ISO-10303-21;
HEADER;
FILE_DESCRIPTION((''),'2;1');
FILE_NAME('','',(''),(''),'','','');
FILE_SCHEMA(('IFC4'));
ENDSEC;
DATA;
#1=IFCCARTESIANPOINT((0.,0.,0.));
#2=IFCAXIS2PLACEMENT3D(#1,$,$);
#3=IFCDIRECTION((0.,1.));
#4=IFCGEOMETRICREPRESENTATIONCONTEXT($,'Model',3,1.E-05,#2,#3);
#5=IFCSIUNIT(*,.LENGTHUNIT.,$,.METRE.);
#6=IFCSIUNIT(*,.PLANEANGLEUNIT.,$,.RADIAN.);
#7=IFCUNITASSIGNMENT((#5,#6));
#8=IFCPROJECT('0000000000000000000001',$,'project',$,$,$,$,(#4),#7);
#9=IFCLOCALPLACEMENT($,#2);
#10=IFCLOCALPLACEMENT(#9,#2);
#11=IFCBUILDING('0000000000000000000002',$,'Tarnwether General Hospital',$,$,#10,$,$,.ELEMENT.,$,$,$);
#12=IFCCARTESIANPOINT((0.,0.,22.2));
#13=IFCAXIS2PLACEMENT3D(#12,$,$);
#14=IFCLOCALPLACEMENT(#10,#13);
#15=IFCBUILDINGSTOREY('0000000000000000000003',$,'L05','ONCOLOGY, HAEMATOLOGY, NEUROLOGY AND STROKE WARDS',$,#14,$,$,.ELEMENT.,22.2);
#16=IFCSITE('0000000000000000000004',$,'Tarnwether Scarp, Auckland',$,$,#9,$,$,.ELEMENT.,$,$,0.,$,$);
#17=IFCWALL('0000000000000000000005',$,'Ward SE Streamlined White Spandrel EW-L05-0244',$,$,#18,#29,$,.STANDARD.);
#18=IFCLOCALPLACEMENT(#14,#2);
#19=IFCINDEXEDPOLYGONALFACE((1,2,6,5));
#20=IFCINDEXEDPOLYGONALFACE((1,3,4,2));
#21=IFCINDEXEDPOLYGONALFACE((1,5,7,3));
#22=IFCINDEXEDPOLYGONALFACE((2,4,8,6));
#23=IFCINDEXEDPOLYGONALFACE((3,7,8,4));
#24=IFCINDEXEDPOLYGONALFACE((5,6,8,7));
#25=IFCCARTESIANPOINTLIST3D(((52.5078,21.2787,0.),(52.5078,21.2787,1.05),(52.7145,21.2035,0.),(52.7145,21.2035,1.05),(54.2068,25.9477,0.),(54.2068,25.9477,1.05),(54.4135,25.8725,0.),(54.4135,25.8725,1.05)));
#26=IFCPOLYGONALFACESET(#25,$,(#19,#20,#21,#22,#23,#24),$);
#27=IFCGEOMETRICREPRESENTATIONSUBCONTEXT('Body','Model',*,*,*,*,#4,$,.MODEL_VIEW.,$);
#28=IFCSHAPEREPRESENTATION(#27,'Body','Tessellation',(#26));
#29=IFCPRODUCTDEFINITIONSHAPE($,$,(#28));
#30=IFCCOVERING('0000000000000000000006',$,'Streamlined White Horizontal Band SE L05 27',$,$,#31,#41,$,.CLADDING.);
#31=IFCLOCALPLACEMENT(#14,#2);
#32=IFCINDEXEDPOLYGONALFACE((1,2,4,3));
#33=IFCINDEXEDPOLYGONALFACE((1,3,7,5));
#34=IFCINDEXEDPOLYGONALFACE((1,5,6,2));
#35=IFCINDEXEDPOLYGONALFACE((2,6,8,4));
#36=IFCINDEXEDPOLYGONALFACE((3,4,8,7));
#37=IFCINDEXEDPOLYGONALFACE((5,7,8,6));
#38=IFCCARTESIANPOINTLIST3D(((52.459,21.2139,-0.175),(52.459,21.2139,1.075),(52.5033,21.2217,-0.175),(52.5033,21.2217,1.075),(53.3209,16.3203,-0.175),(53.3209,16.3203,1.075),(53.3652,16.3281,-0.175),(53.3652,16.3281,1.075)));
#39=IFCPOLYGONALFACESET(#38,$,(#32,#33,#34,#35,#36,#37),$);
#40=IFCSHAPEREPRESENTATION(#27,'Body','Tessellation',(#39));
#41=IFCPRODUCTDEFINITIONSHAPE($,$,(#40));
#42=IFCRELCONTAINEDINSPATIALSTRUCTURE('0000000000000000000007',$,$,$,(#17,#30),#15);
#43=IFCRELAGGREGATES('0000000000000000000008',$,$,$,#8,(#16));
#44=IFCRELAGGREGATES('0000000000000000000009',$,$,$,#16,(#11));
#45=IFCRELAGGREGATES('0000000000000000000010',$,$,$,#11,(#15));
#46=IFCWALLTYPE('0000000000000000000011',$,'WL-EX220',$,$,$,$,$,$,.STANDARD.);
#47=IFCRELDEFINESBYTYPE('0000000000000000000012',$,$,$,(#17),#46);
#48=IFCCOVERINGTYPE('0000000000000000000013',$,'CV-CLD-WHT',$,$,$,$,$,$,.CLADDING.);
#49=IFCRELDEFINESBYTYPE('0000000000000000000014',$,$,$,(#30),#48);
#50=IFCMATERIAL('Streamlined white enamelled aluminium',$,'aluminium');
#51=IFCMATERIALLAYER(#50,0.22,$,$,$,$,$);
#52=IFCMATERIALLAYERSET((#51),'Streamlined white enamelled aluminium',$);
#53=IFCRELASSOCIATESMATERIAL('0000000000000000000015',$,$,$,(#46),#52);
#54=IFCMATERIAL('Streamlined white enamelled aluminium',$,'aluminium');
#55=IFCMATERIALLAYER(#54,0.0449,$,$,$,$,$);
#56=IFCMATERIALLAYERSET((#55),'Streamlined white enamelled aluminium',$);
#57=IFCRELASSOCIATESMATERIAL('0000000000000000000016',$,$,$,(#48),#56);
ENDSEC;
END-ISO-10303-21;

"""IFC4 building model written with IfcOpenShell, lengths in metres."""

from ifc_helpers import new_model, si_unit, direction, frame, frame_2d, origin, origin_2d, place, context, subcontext, project, spatial, rectangle, extrude, material, layer, layer_set, type_object, element, save


model = new_model("IFC4")

# Units and contexts
model_context = context("Model", 3, precision=1e-05, world=origin(), true_north=direction((0.0, 1.0)))
body_context = subcontext(model_context, "Body", "Model", "MODEL_VIEW")
ifc_project = project(units=[si_unit("LENGTHUNIT", "METRE"), si_unit("PLANEANGLEUNIT", "RADIAN")], contexts=[model_context])

# Site, building, storey
site_placement = place(None, origin())
site = spatial("IfcSite", under=ifc_project, at=site_placement, Name="Tarnwether Scarp, Auckland", CompositionType="ELEMENT", RefElevation=0.0)
building_placement = place(site_placement, origin())
building = spatial("IfcBuilding", under=site, at=building_placement, Name="Tarnwether General Hospital", CompositionType="ELEMENT")
storey_placement = place(building_placement, frame((0.0, 0.0, 22.2)))
storey = spatial("IfcBuildingStorey", under=building, at=storey_placement, Name="L05", Description="ONCOLOGY, HAEMATOLOGY, NEUROLOGY AND STROKE WARDS", CompositionType="ELEMENT", Elevation=22.2)

# Wall
ifc_material_1 = material(Name="Streamlined white enamelled aluminium", Category="aluminium")
ifc_layer_1 = layer(ifc_material_1, 0.22)
ifc_layer_set_1 = layer_set([ifc_layer_1], Name="Streamlined white enamelled aluminium")
wall_type = type_object("IfcWallType", Name="WL-EX220", PredefinedType="STANDARD", material=ifc_layer_set_1)
wall_placement = place(storey_placement, frame((52.6111, 21.241, 0.0), z_axis=(0.0, 0.0, 1.0), x_axis=(0.341952, 0.939717, 0.0)))
element("IfcWall", 1, at=wall_placement, inside=storey, type_object=wall_type, Name="Ward SE Streamlined White Spandrel EW-L05-0244", PredefinedType="STANDARD", context=body_context, shape_type="SweptSolid", body=[
    extrude(rectangle(XDim=4.9685, YDim=0.22, at=frame_2d((2.4844, 0.0))), origin(), (0.0, 0.0, 1.0), 1.05),
])

# Covering
ifc_material_2 = material(Name="Streamlined white enamelled aluminium", Category="aluminium")
ifc_layer_2 = layer(ifc_material_2, 0.0449)
ifc_layer_set_2 = layer_set([ifc_layer_2], Name="Streamlined white enamelled aluminium")
covering_type = type_object("IfcCoveringType", Name="CV-CLD-WHT", PredefinedType="CLADDING", material=ifc_layer_set_2)
covering_placement = place(storey_placement, frame((52.9121, 18.771, -0.175), z_axis=(0.0, 0.0, 1.0), x_axis=(-0.173459, 0.984841, 0.0)))
element("IfcCovering", 2, at=covering_placement, inside=storey, type_object=covering_type, Name="Streamlined White Horizontal Band SE L05 27", PredefinedType="CLADDING", context=body_context, shape_type="SweptSolid", body=[
    extrude(rectangle(XDim=4.969, YDim=0.0449, at=origin_2d()), origin(), (0.0, 0.0, 1.0), 1.25),
])

save(model, "model.ifc")
